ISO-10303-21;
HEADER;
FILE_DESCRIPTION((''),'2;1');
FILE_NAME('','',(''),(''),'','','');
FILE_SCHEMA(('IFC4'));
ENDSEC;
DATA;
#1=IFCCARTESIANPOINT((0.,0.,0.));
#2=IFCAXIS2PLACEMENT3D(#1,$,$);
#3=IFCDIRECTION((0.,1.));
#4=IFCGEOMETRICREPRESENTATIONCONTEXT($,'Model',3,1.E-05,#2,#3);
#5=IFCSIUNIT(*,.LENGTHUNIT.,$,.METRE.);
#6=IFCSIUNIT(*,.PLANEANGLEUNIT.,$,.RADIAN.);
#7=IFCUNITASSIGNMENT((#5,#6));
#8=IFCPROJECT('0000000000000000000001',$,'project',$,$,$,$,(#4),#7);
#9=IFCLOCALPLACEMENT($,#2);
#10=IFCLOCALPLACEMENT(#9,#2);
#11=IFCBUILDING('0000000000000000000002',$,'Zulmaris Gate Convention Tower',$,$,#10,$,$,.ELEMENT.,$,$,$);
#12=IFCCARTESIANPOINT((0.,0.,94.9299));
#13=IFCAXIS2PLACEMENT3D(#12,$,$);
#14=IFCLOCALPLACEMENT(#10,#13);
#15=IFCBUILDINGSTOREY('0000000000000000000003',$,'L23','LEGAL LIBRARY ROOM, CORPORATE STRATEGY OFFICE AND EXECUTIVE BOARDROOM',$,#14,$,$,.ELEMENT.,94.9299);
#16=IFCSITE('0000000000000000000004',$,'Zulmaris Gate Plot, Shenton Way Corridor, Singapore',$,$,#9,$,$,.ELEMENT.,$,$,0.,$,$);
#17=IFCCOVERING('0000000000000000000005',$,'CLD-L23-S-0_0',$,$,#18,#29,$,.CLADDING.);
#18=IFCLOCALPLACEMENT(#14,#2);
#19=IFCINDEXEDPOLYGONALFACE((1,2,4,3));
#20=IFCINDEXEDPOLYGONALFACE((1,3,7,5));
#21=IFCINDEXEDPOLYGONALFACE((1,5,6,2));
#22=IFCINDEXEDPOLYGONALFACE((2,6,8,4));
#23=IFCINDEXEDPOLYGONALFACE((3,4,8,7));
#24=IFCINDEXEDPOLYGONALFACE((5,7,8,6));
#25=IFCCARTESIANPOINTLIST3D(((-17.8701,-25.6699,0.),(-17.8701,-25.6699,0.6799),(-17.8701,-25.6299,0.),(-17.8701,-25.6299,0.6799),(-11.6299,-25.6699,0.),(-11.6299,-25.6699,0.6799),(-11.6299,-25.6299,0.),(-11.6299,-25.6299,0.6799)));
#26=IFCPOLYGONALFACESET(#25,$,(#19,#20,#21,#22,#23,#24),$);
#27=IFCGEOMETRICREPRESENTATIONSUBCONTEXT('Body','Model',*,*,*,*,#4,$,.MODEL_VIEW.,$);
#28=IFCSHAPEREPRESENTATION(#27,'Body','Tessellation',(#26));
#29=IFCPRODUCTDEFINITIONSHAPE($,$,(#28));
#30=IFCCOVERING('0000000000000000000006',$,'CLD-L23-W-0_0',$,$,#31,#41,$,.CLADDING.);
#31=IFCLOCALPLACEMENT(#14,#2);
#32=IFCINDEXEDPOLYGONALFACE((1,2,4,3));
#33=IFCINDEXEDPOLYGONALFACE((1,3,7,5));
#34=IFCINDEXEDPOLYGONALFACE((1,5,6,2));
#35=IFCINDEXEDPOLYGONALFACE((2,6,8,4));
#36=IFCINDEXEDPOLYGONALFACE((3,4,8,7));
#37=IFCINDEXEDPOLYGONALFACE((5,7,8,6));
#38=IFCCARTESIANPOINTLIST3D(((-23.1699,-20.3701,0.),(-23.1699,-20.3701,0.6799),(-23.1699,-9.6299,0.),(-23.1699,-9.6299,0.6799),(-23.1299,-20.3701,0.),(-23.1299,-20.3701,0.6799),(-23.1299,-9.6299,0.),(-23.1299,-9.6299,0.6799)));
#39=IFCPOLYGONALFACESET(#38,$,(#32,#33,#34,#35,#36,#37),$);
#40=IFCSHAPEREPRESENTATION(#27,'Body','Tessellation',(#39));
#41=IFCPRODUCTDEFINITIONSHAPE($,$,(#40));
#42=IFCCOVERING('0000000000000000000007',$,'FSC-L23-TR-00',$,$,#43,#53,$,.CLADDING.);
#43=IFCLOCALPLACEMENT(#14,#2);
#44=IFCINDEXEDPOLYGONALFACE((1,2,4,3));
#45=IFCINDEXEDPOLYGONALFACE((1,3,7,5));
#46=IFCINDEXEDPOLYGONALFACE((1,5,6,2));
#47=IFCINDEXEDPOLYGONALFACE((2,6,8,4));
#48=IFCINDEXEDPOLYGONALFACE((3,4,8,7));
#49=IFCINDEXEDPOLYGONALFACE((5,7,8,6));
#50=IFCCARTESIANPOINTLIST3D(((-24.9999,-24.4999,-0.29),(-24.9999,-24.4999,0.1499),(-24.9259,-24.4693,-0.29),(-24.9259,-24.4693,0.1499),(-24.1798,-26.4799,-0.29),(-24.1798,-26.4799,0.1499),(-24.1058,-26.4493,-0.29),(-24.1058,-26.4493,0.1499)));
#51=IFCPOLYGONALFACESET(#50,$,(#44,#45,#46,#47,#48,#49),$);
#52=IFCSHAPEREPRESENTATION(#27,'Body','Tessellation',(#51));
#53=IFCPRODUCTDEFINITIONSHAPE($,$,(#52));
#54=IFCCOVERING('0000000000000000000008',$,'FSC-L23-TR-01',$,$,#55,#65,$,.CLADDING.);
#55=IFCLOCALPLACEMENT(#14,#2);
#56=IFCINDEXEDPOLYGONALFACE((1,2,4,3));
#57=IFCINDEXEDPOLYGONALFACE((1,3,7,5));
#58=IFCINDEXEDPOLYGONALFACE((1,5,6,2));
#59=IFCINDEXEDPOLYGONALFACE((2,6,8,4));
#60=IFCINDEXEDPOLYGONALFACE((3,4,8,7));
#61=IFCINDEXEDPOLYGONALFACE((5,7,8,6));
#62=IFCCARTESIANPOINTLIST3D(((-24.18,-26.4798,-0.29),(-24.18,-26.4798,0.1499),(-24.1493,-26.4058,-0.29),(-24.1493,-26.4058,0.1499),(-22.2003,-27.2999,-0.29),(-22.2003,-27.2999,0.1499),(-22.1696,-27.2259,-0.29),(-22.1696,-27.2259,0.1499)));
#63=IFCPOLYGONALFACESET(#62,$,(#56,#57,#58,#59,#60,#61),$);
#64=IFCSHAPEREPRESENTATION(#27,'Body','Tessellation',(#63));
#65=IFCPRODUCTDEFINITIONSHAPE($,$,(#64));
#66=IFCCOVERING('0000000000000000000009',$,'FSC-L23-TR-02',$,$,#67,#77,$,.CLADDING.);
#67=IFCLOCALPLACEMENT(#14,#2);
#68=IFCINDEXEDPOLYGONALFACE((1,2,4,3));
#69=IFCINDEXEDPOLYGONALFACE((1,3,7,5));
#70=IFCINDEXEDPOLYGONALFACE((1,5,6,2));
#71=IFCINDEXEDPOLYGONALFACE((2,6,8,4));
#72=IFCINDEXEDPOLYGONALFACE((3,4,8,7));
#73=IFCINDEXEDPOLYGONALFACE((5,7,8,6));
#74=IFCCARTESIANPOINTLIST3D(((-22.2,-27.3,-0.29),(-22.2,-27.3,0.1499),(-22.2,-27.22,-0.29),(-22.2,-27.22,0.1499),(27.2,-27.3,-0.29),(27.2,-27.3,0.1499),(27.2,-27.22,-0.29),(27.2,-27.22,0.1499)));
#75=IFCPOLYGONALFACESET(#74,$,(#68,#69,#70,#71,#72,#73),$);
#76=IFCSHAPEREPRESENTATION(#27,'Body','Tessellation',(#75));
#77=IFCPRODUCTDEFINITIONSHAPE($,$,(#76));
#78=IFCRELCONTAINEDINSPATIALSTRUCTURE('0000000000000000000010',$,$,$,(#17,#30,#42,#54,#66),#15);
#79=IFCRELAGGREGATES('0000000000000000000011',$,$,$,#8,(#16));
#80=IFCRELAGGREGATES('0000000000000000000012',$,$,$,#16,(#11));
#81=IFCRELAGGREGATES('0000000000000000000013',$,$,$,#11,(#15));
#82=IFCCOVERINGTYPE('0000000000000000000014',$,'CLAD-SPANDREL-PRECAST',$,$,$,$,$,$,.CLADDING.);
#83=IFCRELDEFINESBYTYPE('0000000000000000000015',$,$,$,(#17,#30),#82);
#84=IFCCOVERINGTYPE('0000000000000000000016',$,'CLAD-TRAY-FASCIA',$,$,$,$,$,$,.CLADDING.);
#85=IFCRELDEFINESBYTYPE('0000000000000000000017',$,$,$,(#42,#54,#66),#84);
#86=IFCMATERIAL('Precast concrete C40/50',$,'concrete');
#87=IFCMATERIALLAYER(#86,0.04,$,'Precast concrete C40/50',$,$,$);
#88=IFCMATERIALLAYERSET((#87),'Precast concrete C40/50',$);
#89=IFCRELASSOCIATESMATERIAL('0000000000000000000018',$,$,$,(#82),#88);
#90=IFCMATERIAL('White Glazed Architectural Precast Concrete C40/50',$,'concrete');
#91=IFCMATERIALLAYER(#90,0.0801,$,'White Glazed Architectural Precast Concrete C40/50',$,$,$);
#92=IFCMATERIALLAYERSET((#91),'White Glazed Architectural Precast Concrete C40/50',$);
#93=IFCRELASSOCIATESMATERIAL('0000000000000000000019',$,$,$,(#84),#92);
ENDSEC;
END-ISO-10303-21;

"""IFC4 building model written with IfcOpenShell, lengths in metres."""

from ifc_helpers import new_model, si_unit, direction, frame, frame_2d, origin, place, context, subcontext, project, spatial, rectangle, extrude, material, layer, layer_set, type_object, element, save


model = new_model("IFC4")

# Units and contexts
model_context = context("Model", 3, precision=1e-05, world=origin(), true_north=direction((0.0, 1.0)))
body_context = subcontext(model_context, "Body", "Model", "MODEL_VIEW")
ifc_project = project(units=[si_unit("LENGTHUNIT", "METRE"), si_unit("PLANEANGLEUNIT", "RADIAN")], contexts=[model_context])

# Site, building, storey
site_placement = place(None, origin())
site = spatial("IfcSite", under=ifc_project, at=site_placement, Name="Zulmaris Gate Plot, Shenton Way Corridor, Singapore", CompositionType="ELEMENT", RefElevation=0.0)
building_placement = place(site_placement, origin())
building = spatial("IfcBuilding", under=site, at=building_placement, Name="Zulmaris Gate Convention Tower", CompositionType="ELEMENT")
storey_placement = place(building_placement, frame((0.0, 0.0, 94.9299)))
storey = spatial("IfcBuildingStorey", under=building, at=storey_placement, Name="L23", Description="LEGAL LIBRARY ROOM, CORPORATE STRATEGY OFFICE AND EXECUTIVE BOARDROOM", CompositionType="ELEMENT", Elevation=94.9299)

# Shared definitions
ifc_material_1 = material(Name="Precast concrete C40/50", Category="concrete")

# Coverings
ifc_layer_1 = layer(ifc_material_1, 0.04, Name="Precast concrete C40/50")
ifc_layer_set_1 = layer_set([ifc_layer_1], Name="Precast concrete C40/50")
covering_type_1 = type_object("IfcCoveringType", Name="CLAD-SPANDREL-PRECAST", PredefinedType="CLADDING", material=ifc_layer_set_1)
covering_1_placement = place(storey_placement, frame((-17.8701, -25.6499, 0.0), z_axis=(0.0, 0.0, 1.0), x_axis=(1.0, 0.0, 0.0)))
element("IfcCovering", 1, at=covering_1_placement, inside=storey, type_object=covering_type_1, Name="CLD-L23-S-0_0", PredefinedType="CLADDING", context=body_context, shape_type="SweptSolid", body=[
    extrude(rectangle(XDim=6.2402, YDim=0.04, at=frame_2d((3.1201, 0.0))), origin(), (0.0, 0.0, 1.0), 0.6799),
])
covering_2_placement = place(storey_placement, frame((-23.1499, -9.6299, 0.0), z_axis=(0.0, 0.0, 1.0), x_axis=(0.0, -1.0, 0.0)))
element("IfcCovering", 2, at=covering_2_placement, inside=storey, type_object=covering_type_1, Name="CLD-L23-W-0_0", PredefinedType="CLADDING", context=body_context, shape_type="SweptSolid", body=[
    extrude(rectangle(XDim=10.7402, YDim=0.04, at=frame_2d((5.3701, 0.0))), origin(), (0.0, 0.0, 1.0), 0.6799),
])
ifc_material_2 = material(Name="White Glazed Architectural Precast Concrete C40/50", Category="concrete")
ifc_layer_2 = layer(ifc_material_2, 0.0801, Name="White Glazed Architectural Precast Concrete C40/50")
ifc_layer_set_2 = layer_set([ifc_layer_2], Name="White Glazed Architectural Precast Concrete C40/50")
covering_type_2 = type_object("IfcCoveringType", Name="CLAD-TRAY-FASCIA", PredefinedType="CLADDING", material=ifc_layer_set_2)
covering_3_placement = place(storey_placement, frame((-24.9629, -24.4846, -0.29), z_axis=(0.0, 0.0, 1.0), x_axis=(0.382657, -0.92389, 0.0)))
element("IfcCovering", 3, at=covering_3_placement, inside=storey, type_object=covering_type_2, Name="FSC-L23-TR-00", PredefinedType="CLADDING", context=body_context, shape_type="SweptSolid", body=[
    extrude(rectangle(XDim=2.1431, YDim=0.0801, at=frame_2d((1.0715, 0.0))), origin(), (0.0, 0.0, 1.0), 0.4399),
])
covering_4_placement = place(storey_placement, frame((-24.1646, -26.4429, -0.29), z_axis=(0.0, 0.0, 1.0), x_axis=(0.923874, -0.382697, 0.0)))
element("IfcCovering", 4, at=covering_4_placement, inside=storey, type_object=covering_type_2, Name="FSC-L23-TR-01", PredefinedType="CLADDING", context=body_context, shape_type="SweptSolid", body=[
    extrude(rectangle(XDim=2.1428, YDim=0.0801, at=frame_2d((1.0713, 0.0))), origin(), (0.0, 0.0, 1.0), 0.4399),
])
covering_5_placement = place(storey_placement, frame((-22.2, -27.26, -0.29), z_axis=(0.0, 0.0, 1.0), x_axis=(1.0, 0.0, 0.0)))
element("IfcCovering", 5, at=covering_5_placement, inside=storey, type_object=covering_type_2, Name="FSC-L23-TR-02", PredefinedType="CLADDING", context=body_context, shape_type="SweptSolid", body=[
    extrude(rectangle(XDim=49.3999, YDim=0.0801, at=frame_2d((24.7, 0.0))), origin(), (0.0, 0.0, 1.0), 0.4399),
])

save(model, "model.ifc")
